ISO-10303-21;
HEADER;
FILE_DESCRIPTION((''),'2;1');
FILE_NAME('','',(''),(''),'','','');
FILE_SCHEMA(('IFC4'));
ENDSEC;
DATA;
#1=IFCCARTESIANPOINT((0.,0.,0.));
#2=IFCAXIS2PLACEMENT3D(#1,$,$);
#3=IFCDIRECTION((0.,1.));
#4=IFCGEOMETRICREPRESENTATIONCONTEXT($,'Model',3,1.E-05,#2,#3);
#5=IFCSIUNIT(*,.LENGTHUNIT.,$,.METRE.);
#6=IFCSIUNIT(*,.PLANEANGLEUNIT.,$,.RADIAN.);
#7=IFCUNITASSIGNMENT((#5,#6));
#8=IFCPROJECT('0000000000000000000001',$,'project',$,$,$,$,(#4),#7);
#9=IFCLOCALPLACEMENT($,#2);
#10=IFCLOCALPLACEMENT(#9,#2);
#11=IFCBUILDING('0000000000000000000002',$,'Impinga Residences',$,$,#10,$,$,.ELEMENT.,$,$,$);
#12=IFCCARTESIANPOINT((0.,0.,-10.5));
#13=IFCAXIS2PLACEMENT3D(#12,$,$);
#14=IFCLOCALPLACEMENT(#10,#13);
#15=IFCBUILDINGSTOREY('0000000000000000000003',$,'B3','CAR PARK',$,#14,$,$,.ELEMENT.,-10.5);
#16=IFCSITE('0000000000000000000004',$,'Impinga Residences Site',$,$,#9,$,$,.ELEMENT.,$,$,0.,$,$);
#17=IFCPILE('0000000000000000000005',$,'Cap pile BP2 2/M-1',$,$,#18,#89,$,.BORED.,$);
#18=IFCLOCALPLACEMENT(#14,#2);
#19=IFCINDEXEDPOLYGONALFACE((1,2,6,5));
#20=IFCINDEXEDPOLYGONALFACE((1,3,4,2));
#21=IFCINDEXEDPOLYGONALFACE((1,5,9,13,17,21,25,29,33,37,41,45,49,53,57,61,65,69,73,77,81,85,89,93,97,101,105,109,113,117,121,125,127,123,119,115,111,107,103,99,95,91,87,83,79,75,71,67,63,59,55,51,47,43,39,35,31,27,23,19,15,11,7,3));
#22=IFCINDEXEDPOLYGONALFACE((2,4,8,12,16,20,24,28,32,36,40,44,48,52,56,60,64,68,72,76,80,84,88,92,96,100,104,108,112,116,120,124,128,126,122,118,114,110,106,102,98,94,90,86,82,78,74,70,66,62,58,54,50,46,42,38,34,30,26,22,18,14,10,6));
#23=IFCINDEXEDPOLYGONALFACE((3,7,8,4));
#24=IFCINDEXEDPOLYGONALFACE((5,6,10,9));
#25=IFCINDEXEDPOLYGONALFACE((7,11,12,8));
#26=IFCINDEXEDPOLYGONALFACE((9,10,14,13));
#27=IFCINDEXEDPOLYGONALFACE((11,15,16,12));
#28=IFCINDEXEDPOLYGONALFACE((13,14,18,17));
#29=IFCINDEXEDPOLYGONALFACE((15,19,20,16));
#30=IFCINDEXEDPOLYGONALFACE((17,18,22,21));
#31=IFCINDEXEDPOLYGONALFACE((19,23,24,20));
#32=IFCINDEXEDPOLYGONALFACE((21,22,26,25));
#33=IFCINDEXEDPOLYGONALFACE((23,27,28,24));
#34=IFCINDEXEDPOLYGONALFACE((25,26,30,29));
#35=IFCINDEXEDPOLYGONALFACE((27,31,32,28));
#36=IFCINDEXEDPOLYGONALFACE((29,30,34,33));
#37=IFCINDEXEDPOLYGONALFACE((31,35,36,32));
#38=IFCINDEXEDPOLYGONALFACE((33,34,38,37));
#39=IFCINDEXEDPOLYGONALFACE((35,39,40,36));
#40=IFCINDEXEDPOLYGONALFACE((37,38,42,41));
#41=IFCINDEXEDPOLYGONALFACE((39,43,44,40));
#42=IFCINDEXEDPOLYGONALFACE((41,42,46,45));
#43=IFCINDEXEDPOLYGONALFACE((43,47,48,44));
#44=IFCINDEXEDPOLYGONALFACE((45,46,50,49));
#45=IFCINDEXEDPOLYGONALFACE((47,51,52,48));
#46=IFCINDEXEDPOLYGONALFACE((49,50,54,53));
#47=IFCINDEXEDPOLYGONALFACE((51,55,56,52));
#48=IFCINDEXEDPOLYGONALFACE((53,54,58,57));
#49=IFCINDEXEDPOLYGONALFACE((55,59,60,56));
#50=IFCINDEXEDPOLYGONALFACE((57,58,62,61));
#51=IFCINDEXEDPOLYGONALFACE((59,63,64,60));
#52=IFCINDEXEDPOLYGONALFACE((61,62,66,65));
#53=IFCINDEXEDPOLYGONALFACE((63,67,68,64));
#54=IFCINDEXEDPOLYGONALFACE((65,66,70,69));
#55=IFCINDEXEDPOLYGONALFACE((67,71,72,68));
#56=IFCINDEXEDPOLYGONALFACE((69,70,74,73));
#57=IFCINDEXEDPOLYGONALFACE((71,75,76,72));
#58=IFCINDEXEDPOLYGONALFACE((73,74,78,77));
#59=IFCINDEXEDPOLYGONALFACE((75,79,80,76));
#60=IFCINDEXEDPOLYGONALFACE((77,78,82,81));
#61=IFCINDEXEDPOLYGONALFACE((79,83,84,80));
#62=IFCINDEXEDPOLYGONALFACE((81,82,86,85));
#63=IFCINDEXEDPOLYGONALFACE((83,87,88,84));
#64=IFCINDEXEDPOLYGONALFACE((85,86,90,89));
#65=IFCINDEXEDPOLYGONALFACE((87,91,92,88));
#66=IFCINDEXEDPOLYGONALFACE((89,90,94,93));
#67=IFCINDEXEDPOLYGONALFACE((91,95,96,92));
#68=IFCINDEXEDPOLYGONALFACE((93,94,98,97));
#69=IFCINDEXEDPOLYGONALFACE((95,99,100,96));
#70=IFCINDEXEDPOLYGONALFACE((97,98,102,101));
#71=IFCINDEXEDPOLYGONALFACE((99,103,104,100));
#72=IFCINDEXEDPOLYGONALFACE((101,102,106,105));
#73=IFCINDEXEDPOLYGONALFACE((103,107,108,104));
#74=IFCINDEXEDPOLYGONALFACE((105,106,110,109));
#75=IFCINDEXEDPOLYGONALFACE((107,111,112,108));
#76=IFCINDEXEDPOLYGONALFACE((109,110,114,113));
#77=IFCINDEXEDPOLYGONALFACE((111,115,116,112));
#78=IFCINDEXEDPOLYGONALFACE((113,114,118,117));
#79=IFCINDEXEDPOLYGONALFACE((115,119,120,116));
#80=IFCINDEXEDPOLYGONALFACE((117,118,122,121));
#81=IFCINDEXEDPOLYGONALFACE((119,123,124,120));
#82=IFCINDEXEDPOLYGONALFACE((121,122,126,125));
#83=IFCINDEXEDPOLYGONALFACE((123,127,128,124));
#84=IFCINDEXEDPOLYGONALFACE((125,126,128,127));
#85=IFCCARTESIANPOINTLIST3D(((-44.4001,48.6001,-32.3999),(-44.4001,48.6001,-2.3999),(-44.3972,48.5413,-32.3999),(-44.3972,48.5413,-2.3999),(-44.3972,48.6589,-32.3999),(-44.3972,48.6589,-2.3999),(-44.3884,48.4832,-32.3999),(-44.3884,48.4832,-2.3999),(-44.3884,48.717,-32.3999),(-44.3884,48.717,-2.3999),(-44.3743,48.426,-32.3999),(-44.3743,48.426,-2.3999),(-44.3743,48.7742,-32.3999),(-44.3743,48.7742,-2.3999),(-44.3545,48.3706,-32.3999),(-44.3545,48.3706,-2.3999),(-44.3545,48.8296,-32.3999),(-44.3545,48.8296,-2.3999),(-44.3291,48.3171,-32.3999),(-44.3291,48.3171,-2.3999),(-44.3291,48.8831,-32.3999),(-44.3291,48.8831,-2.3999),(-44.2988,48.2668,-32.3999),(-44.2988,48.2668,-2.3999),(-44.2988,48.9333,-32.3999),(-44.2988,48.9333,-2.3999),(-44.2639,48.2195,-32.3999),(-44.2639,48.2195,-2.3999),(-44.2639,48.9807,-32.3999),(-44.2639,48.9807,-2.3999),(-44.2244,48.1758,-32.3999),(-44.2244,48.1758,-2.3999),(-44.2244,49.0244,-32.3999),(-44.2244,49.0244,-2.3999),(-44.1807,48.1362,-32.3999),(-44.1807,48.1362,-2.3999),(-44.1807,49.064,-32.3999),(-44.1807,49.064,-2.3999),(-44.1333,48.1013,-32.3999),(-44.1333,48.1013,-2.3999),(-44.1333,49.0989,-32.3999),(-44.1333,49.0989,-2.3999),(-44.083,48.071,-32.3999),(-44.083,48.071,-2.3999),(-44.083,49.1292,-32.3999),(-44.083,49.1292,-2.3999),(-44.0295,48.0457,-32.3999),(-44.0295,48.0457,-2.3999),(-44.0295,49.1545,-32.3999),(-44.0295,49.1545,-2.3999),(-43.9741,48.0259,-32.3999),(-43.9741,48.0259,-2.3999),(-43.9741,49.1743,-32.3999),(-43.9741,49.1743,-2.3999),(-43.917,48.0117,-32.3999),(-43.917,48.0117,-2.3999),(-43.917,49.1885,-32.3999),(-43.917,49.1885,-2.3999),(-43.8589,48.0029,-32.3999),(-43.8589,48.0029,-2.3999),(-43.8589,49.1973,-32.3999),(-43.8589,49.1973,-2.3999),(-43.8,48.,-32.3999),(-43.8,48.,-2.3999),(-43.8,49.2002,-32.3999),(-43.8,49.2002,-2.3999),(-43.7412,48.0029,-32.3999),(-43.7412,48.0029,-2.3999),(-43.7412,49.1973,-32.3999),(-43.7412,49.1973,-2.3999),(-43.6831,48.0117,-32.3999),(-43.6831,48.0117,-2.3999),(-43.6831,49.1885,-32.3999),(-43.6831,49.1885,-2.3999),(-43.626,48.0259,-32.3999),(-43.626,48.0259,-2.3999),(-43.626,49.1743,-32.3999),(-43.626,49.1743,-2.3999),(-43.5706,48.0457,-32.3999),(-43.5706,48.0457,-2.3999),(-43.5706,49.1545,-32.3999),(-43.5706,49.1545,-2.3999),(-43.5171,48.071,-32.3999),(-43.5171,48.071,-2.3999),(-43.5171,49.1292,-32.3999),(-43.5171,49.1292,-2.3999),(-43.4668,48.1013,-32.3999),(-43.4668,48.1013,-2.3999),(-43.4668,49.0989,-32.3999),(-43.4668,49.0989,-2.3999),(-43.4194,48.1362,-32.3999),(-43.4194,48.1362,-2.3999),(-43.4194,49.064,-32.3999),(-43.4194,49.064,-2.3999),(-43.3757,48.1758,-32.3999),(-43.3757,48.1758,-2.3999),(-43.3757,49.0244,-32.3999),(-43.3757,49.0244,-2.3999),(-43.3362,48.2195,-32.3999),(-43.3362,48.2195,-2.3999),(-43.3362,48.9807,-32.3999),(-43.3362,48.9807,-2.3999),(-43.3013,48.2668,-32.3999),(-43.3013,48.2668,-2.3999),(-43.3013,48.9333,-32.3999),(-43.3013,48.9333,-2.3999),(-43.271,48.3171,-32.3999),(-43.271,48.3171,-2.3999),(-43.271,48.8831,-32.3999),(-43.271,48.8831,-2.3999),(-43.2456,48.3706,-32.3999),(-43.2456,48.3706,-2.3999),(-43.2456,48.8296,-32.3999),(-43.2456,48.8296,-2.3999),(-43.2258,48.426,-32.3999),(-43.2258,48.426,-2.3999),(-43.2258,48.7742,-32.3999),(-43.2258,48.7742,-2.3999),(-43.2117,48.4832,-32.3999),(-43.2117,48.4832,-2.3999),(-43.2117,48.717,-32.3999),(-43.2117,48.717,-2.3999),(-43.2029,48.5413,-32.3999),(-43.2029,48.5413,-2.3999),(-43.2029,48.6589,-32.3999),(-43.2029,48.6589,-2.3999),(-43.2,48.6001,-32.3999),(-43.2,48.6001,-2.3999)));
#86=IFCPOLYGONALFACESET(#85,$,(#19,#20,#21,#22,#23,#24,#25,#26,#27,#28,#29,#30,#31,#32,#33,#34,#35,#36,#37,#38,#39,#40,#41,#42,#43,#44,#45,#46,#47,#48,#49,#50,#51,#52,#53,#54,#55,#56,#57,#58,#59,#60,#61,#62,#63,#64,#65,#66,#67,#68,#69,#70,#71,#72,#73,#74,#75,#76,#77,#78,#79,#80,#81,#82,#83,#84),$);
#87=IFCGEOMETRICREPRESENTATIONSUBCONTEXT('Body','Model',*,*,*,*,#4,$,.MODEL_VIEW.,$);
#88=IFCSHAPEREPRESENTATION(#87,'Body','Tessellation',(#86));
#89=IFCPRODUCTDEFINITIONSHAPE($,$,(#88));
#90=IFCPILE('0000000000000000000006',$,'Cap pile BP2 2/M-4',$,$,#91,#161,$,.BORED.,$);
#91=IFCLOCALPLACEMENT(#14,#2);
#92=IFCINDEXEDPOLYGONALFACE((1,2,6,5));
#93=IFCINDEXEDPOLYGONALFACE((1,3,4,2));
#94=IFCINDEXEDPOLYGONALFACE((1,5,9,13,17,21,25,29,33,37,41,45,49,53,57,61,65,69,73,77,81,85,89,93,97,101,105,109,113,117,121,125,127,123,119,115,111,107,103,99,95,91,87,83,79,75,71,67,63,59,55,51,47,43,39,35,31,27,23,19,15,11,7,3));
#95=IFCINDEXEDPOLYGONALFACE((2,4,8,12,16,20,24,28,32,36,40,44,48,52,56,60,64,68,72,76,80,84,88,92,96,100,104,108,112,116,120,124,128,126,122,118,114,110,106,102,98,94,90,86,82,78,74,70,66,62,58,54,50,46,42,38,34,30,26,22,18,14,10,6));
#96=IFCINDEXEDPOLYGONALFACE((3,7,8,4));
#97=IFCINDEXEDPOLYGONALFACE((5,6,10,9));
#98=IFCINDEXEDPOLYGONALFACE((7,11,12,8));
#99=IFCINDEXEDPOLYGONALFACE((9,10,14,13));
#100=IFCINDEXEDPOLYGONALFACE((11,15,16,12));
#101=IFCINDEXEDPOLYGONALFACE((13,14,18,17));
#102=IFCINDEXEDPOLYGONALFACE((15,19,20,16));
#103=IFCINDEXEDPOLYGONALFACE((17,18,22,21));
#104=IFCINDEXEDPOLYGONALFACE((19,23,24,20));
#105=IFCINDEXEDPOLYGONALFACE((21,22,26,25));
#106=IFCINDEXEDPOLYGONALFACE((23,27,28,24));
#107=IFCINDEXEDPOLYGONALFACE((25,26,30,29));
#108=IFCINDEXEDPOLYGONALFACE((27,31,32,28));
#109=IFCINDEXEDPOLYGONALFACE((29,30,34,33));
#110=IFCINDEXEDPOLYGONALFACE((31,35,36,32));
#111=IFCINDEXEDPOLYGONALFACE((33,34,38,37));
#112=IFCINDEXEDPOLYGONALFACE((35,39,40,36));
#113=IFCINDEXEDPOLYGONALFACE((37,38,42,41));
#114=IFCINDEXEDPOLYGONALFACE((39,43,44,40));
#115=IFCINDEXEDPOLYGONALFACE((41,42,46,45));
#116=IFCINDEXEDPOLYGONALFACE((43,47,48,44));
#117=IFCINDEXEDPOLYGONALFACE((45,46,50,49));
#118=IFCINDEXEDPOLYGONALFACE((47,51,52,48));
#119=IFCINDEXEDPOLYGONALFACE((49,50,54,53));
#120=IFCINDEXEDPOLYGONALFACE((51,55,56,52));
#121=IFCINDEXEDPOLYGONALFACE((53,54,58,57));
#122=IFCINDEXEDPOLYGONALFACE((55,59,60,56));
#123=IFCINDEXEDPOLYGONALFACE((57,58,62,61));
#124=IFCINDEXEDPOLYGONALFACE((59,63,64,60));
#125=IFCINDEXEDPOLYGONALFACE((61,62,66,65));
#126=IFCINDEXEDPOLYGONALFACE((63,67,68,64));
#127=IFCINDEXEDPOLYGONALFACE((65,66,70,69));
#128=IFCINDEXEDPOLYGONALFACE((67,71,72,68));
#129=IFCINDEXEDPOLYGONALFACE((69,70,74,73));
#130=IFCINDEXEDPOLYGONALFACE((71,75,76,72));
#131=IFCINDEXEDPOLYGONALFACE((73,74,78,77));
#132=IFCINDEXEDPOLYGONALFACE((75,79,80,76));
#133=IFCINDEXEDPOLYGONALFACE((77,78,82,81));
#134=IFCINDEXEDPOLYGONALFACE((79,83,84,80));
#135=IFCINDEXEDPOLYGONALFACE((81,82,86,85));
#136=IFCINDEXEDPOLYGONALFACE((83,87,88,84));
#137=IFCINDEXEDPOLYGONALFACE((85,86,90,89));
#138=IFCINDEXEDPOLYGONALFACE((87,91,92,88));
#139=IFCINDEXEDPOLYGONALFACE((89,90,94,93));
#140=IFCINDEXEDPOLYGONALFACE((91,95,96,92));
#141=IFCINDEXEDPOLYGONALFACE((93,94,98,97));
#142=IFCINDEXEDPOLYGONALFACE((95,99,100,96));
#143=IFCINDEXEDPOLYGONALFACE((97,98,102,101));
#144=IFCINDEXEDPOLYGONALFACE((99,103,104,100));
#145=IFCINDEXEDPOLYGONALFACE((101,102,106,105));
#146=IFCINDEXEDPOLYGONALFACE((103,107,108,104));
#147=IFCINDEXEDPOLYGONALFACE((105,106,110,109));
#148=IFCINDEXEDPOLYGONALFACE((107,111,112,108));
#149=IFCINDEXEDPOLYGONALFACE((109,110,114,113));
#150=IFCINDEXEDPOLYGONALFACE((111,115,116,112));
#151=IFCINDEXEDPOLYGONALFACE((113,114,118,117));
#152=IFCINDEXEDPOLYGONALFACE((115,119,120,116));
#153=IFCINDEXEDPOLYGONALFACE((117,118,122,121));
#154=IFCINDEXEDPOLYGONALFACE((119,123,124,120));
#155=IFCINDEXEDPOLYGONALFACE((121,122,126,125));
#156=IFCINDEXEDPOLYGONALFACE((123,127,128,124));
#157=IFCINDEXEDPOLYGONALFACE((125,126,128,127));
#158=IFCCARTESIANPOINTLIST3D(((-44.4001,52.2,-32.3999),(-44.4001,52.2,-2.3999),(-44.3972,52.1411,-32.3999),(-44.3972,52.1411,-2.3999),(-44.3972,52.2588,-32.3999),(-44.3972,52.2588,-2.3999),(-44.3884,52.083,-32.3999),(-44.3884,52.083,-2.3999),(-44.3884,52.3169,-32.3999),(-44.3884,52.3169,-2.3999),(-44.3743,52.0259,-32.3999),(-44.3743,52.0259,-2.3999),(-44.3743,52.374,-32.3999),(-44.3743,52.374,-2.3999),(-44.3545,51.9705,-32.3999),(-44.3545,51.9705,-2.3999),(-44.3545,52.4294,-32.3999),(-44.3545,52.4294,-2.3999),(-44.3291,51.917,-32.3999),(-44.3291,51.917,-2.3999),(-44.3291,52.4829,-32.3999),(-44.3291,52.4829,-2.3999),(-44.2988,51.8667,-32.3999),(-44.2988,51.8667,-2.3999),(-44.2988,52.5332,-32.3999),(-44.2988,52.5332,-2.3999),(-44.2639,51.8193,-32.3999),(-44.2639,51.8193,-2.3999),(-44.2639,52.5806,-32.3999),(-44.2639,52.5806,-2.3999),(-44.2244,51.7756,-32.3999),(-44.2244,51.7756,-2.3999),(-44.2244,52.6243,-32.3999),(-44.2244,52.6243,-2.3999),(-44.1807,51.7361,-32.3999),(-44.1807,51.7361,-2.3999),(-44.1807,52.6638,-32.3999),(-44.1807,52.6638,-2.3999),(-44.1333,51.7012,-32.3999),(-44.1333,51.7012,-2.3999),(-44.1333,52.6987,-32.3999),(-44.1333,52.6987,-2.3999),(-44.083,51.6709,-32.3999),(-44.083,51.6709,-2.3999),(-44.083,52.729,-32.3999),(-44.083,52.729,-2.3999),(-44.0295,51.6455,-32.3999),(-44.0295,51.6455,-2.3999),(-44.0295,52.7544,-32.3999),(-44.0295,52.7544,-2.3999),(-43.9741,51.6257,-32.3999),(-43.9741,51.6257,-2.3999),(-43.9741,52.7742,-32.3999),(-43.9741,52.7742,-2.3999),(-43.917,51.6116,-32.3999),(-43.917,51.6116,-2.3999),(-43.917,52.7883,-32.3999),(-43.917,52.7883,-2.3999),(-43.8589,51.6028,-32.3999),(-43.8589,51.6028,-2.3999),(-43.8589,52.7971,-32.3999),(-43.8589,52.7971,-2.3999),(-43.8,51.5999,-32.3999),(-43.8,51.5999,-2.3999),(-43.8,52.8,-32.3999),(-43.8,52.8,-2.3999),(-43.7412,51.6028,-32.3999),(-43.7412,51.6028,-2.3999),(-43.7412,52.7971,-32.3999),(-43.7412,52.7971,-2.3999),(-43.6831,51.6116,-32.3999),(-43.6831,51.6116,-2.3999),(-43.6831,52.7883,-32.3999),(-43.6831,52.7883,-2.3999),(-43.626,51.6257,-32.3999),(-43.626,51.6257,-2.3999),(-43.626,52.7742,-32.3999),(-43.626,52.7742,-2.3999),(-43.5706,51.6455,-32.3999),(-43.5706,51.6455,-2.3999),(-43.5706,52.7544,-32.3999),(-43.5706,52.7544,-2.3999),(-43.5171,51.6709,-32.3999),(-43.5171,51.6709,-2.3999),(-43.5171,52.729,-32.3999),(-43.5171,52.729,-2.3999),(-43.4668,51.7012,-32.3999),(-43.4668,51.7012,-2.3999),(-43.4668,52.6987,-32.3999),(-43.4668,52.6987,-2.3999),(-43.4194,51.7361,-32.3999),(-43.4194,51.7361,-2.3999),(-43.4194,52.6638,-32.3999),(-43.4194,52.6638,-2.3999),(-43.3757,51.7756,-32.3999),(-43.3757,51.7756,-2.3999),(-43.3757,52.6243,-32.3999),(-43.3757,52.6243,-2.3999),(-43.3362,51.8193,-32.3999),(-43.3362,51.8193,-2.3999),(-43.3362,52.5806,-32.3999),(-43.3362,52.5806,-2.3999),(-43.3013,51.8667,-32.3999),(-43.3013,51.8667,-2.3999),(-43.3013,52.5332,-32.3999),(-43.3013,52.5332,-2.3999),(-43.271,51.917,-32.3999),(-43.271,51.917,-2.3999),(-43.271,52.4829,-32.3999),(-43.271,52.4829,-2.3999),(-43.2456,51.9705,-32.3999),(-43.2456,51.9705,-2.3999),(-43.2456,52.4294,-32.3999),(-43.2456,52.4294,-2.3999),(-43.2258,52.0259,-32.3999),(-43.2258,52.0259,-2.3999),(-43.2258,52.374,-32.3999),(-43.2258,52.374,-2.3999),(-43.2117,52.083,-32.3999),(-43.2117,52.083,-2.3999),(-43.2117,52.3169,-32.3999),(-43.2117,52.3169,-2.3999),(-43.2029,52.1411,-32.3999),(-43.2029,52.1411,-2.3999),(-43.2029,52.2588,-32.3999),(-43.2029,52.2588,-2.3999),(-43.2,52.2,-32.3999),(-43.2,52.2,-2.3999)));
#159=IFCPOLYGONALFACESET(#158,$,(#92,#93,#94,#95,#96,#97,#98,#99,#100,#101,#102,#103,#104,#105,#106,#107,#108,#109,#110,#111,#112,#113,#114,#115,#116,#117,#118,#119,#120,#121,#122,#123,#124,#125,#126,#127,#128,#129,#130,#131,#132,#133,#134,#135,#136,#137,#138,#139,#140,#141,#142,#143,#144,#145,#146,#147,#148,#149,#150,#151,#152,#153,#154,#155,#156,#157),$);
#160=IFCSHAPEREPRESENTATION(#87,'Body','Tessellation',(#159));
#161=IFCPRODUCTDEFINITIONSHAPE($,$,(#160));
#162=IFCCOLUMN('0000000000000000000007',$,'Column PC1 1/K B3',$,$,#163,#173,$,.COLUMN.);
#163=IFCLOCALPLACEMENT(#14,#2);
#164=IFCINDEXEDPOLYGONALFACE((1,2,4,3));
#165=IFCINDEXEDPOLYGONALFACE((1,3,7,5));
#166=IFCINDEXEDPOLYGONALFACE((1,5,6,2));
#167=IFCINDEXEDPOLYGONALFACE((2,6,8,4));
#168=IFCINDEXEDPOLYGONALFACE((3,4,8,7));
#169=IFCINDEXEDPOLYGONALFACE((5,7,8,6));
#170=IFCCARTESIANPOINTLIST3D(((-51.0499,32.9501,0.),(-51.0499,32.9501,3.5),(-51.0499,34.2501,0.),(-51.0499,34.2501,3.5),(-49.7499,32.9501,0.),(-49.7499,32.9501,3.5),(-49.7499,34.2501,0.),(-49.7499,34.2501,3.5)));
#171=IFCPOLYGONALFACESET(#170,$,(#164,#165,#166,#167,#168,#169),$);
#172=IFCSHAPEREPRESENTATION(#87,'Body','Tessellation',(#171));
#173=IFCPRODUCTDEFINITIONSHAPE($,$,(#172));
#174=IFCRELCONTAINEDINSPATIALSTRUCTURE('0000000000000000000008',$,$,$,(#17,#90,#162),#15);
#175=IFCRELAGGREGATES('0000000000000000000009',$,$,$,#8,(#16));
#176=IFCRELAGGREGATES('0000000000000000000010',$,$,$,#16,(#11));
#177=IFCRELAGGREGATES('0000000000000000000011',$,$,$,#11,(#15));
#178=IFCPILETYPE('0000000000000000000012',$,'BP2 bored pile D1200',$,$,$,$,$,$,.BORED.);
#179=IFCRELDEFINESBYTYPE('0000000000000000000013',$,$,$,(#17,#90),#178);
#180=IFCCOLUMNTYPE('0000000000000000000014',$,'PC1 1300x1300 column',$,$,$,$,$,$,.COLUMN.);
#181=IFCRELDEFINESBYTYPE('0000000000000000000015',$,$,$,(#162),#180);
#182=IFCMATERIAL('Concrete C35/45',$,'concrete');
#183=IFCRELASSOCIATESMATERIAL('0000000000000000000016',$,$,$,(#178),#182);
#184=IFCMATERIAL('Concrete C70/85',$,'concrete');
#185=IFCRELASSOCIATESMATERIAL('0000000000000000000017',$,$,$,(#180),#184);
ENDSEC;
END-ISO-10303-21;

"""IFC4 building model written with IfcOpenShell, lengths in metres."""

from ifc_helpers import new_model, si_unit, direction, frame, origin, origin_2d, place, context, subcontext, project, spatial, polyline, rectangle, circle, outline, extrude, material, material_profile, profile_set, type_object, element, save


model = new_model("IFC4")

# Units and contexts
model_context = context("Model", 3, precision=1e-05, world=origin(), true_north=direction((0.0, 1.0)))
body_context = subcontext(model_context, "Body", "Model", "MODEL_VIEW")
ifc_project = project(units=[si_unit("LENGTHUNIT", "METRE"), si_unit("PLANEANGLEUNIT", "RADIAN")], contexts=[model_context])

# Site, building, storey
site_placement = place(None, origin())
site = spatial("IfcSite", under=ifc_project, at=site_placement, Name="Impinga Residences Site", CompositionType="ELEMENT", RefElevation=0.0)
building_placement = place(site_placement, origin())
building = spatial("IfcBuilding", under=site, at=building_placement, Name="Impinga Residences", CompositionType="ELEMENT")
storey_placement = place(building_placement, frame((0.0, 0.0, -10.5)))
storey = spatial("IfcBuildingStorey", under=building, at=storey_placement, Name="B3", Description="CAR PARK", CompositionType="ELEMENT", Elevation=-10.5)

# Piles
ifc_material_1 = material(Name="Concrete C35/45", Category="concrete")
ifc_material_profile_1 = material_profile(ifc_material_1, circle(Radius=0.6001, at=origin_2d()), Name="D1200")
ifc_profile_set_1 = profile_set([ifc_material_profile_1], Name="Concrete C35/45")
pile_type = type_object("IfcPileType", Name="BP2 bored pile D1200", PredefinedType="BORED", material=ifc_profile_set_1)
pile_1_placement = place(storey_placement, frame((-43.8, 48.6001, -2.3999), z_axis=(0.0, 0.0, -1.0), x_axis=(1.0, 0.0, 0.0)))
element("IfcPile", 1, at=pile_1_placement, inside=storey, type_object=pile_type, Name="Cap pile BP2 2/M-1", PredefinedType="BORED", context=body_context, shape_type="SweptSolid", body=[
    extrude(outline(polyline([(0.6001, 0.0), (0.5972, 0.0588), (0.5884, 0.1169), (0.5742, 0.1741), (0.5544, 0.2295), (0.5291, 0.283), (0.4988, 0.3333), (0.4639, 0.3806), (0.4243, 0.4243), (0.3806, 0.4639), (0.3333, 0.4988), (0.283, 0.5291), (0.2295, 0.5544), (0.1741, 0.5742), (0.1169, 0.5884), (0.0588, 0.5972), (0.0, 0.6001), (-0.0588, 0.5972), (-0.1169, 0.5884), (-0.1741, 0.5742), (-0.2295, 0.5544), (-0.283, 0.5291), (-0.3333, 0.4988), (-0.3806, 0.4639), (-0.4243, 0.4243), (-0.4639, 0.3806), (-0.4988, 0.3333), (-0.5291, 0.283), (-0.5544, 0.2295), (-0.5742, 0.1741), (-0.5884, 0.1169), (-0.5972, 0.0588), (-0.6001, 0.0), (-0.5972, -0.0588), (-0.5884, -0.1169), (-0.5742, -0.1741), (-0.5544, -0.2295), (-0.5291, -0.283), (-0.4988, -0.3333), (-0.4639, -0.3806), (-0.4243, -0.4243), (-0.3806, -0.4639), (-0.3333, -0.4988), (-0.283, -0.5291), (-0.2295, -0.5544), (-0.1741, -0.5742), (-0.1169, -0.5884), (-0.0588, -0.5972), (0.0, -0.6001), (0.0588, -0.5972), (0.1169, -0.5884), (0.1741, -0.5742), (0.2295, -0.5544), (0.283, -0.5291), (0.3333, -0.4988), (0.3806, -0.4639), (0.4243, -0.4243), (0.4639, -0.3806), (0.4988, -0.3333), (0.5291, -0.283), (0.5544, -0.2295), (0.5742, -0.1741), (0.5884, -0.1169), (0.5972, -0.0588), (0.6001, 0.0)])), origin(), (0.0, 0.0, 1.0), 30.0),
])
pile_2_placement = place(storey_placement, frame((-43.8, 52.2, -2.3999), z_axis=(0.0, 0.0, -1.0), x_axis=(1.0, 0.0, 0.0)))
element("IfcPile", 2, at=pile_2_placement, inside=storey, type_object=pile_type, Name="Cap pile BP2 2/M-4", PredefinedType="BORED", context=body_context, shape_type="SweptSolid", body=[
    extrude(outline(polyline([(0.6001, 0.0), (0.5972, 0.0588), (0.5884, 0.1169), (0.5742, 0.1741), (0.5544, 0.2295), (0.5291, 0.283), (0.4988, 0.3333), (0.4639, 0.3806), (0.4243, 0.4243), (0.3806, 0.4639), (0.3333, 0.4988), (0.283, 0.5291), (0.2295, 0.5544), (0.1741, 0.5742), (0.1169, 0.5884), (0.0588, 0.5972), (0.0, 0.6001), (-0.0588, 0.5972), (-0.1169, 0.5884), (-0.1741, 0.5742), (-0.2295, 0.5544), (-0.283, 0.5291), (-0.3333, 0.4988), (-0.3806, 0.4639), (-0.4243, 0.4243), (-0.4639, 0.3806), (-0.4988, 0.3333), (-0.5291, 0.283), (-0.5544, 0.2295), (-0.5742, 0.1741), (-0.5884, 0.1169), (-0.5972, 0.0588), (-0.6001, 0.0), (-0.5972, -0.0588), (-0.5884, -0.1169), (-0.5742, -0.1741), (-0.5544, -0.2295), (-0.5291, -0.283), (-0.4988, -0.3333), (-0.4639, -0.3806), (-0.4243, -0.4243), (-0.3806, -0.4639), (-0.3333, -0.4988), (-0.283, -0.5291), (-0.2295, -0.5544), (-0.1741, -0.5742), (-0.1169, -0.5884), (-0.0588, -0.5972), (0.0, -0.6001), (0.0588, -0.5972), (0.1169, -0.5884), (0.1741, -0.5742), (0.2295, -0.5544), (0.283, -0.5291), (0.3333, -0.4988), (0.3806, -0.4639), (0.4243, -0.4243), (0.4639, -0.3806), (0.4988, -0.3333), (0.5291, -0.283), (0.5544, -0.2295), (0.5742, -0.1741), (0.5884, -0.1169), (0.5972, -0.0588), (0.6001, 0.0)])), origin(), (0.0, 0.0, 1.0), 30.0),
])

# Column
ifc_material_2 = material(Name="Concrete C70/85", Category="concrete")
ifc_material_profile_2 = material_profile(ifc_material_2, rectangle(XDim=1.3, YDim=1.3, at=origin_2d()), Name="RC 1300x1300")
ifc_profile_set_2 = profile_set([ifc_material_profile_2], Name="Concrete C70/85")
column_type = type_object("IfcColumnType", Name="PC1 1300x1300 column", PredefinedType="COLUMN", material=ifc_profile_set_2)
for number, where, z_axis, x_axis, name in (
    (3, (-50.3999, 33.6001, 0.0), (0.0, 0.0, 1.0), (1.0, 0.0, 0.0), "Column PC1 1/K B3"),
):
    element("IfcColumn", number, at=place(storey_placement, frame(where, z_axis=z_axis, x_axis=x_axis)), inside=storey, type_object=column_type, Name=name, PredefinedType="COLUMN", context=body_context, shape_type="SweptSolid", body=[
        extrude(rectangle(XDim=1.3, YDim=1.3, at=origin_2d()), origin(), (0.0, 0.0, 1.0), 3.5),
    ])

save(model, "model.ifc")
